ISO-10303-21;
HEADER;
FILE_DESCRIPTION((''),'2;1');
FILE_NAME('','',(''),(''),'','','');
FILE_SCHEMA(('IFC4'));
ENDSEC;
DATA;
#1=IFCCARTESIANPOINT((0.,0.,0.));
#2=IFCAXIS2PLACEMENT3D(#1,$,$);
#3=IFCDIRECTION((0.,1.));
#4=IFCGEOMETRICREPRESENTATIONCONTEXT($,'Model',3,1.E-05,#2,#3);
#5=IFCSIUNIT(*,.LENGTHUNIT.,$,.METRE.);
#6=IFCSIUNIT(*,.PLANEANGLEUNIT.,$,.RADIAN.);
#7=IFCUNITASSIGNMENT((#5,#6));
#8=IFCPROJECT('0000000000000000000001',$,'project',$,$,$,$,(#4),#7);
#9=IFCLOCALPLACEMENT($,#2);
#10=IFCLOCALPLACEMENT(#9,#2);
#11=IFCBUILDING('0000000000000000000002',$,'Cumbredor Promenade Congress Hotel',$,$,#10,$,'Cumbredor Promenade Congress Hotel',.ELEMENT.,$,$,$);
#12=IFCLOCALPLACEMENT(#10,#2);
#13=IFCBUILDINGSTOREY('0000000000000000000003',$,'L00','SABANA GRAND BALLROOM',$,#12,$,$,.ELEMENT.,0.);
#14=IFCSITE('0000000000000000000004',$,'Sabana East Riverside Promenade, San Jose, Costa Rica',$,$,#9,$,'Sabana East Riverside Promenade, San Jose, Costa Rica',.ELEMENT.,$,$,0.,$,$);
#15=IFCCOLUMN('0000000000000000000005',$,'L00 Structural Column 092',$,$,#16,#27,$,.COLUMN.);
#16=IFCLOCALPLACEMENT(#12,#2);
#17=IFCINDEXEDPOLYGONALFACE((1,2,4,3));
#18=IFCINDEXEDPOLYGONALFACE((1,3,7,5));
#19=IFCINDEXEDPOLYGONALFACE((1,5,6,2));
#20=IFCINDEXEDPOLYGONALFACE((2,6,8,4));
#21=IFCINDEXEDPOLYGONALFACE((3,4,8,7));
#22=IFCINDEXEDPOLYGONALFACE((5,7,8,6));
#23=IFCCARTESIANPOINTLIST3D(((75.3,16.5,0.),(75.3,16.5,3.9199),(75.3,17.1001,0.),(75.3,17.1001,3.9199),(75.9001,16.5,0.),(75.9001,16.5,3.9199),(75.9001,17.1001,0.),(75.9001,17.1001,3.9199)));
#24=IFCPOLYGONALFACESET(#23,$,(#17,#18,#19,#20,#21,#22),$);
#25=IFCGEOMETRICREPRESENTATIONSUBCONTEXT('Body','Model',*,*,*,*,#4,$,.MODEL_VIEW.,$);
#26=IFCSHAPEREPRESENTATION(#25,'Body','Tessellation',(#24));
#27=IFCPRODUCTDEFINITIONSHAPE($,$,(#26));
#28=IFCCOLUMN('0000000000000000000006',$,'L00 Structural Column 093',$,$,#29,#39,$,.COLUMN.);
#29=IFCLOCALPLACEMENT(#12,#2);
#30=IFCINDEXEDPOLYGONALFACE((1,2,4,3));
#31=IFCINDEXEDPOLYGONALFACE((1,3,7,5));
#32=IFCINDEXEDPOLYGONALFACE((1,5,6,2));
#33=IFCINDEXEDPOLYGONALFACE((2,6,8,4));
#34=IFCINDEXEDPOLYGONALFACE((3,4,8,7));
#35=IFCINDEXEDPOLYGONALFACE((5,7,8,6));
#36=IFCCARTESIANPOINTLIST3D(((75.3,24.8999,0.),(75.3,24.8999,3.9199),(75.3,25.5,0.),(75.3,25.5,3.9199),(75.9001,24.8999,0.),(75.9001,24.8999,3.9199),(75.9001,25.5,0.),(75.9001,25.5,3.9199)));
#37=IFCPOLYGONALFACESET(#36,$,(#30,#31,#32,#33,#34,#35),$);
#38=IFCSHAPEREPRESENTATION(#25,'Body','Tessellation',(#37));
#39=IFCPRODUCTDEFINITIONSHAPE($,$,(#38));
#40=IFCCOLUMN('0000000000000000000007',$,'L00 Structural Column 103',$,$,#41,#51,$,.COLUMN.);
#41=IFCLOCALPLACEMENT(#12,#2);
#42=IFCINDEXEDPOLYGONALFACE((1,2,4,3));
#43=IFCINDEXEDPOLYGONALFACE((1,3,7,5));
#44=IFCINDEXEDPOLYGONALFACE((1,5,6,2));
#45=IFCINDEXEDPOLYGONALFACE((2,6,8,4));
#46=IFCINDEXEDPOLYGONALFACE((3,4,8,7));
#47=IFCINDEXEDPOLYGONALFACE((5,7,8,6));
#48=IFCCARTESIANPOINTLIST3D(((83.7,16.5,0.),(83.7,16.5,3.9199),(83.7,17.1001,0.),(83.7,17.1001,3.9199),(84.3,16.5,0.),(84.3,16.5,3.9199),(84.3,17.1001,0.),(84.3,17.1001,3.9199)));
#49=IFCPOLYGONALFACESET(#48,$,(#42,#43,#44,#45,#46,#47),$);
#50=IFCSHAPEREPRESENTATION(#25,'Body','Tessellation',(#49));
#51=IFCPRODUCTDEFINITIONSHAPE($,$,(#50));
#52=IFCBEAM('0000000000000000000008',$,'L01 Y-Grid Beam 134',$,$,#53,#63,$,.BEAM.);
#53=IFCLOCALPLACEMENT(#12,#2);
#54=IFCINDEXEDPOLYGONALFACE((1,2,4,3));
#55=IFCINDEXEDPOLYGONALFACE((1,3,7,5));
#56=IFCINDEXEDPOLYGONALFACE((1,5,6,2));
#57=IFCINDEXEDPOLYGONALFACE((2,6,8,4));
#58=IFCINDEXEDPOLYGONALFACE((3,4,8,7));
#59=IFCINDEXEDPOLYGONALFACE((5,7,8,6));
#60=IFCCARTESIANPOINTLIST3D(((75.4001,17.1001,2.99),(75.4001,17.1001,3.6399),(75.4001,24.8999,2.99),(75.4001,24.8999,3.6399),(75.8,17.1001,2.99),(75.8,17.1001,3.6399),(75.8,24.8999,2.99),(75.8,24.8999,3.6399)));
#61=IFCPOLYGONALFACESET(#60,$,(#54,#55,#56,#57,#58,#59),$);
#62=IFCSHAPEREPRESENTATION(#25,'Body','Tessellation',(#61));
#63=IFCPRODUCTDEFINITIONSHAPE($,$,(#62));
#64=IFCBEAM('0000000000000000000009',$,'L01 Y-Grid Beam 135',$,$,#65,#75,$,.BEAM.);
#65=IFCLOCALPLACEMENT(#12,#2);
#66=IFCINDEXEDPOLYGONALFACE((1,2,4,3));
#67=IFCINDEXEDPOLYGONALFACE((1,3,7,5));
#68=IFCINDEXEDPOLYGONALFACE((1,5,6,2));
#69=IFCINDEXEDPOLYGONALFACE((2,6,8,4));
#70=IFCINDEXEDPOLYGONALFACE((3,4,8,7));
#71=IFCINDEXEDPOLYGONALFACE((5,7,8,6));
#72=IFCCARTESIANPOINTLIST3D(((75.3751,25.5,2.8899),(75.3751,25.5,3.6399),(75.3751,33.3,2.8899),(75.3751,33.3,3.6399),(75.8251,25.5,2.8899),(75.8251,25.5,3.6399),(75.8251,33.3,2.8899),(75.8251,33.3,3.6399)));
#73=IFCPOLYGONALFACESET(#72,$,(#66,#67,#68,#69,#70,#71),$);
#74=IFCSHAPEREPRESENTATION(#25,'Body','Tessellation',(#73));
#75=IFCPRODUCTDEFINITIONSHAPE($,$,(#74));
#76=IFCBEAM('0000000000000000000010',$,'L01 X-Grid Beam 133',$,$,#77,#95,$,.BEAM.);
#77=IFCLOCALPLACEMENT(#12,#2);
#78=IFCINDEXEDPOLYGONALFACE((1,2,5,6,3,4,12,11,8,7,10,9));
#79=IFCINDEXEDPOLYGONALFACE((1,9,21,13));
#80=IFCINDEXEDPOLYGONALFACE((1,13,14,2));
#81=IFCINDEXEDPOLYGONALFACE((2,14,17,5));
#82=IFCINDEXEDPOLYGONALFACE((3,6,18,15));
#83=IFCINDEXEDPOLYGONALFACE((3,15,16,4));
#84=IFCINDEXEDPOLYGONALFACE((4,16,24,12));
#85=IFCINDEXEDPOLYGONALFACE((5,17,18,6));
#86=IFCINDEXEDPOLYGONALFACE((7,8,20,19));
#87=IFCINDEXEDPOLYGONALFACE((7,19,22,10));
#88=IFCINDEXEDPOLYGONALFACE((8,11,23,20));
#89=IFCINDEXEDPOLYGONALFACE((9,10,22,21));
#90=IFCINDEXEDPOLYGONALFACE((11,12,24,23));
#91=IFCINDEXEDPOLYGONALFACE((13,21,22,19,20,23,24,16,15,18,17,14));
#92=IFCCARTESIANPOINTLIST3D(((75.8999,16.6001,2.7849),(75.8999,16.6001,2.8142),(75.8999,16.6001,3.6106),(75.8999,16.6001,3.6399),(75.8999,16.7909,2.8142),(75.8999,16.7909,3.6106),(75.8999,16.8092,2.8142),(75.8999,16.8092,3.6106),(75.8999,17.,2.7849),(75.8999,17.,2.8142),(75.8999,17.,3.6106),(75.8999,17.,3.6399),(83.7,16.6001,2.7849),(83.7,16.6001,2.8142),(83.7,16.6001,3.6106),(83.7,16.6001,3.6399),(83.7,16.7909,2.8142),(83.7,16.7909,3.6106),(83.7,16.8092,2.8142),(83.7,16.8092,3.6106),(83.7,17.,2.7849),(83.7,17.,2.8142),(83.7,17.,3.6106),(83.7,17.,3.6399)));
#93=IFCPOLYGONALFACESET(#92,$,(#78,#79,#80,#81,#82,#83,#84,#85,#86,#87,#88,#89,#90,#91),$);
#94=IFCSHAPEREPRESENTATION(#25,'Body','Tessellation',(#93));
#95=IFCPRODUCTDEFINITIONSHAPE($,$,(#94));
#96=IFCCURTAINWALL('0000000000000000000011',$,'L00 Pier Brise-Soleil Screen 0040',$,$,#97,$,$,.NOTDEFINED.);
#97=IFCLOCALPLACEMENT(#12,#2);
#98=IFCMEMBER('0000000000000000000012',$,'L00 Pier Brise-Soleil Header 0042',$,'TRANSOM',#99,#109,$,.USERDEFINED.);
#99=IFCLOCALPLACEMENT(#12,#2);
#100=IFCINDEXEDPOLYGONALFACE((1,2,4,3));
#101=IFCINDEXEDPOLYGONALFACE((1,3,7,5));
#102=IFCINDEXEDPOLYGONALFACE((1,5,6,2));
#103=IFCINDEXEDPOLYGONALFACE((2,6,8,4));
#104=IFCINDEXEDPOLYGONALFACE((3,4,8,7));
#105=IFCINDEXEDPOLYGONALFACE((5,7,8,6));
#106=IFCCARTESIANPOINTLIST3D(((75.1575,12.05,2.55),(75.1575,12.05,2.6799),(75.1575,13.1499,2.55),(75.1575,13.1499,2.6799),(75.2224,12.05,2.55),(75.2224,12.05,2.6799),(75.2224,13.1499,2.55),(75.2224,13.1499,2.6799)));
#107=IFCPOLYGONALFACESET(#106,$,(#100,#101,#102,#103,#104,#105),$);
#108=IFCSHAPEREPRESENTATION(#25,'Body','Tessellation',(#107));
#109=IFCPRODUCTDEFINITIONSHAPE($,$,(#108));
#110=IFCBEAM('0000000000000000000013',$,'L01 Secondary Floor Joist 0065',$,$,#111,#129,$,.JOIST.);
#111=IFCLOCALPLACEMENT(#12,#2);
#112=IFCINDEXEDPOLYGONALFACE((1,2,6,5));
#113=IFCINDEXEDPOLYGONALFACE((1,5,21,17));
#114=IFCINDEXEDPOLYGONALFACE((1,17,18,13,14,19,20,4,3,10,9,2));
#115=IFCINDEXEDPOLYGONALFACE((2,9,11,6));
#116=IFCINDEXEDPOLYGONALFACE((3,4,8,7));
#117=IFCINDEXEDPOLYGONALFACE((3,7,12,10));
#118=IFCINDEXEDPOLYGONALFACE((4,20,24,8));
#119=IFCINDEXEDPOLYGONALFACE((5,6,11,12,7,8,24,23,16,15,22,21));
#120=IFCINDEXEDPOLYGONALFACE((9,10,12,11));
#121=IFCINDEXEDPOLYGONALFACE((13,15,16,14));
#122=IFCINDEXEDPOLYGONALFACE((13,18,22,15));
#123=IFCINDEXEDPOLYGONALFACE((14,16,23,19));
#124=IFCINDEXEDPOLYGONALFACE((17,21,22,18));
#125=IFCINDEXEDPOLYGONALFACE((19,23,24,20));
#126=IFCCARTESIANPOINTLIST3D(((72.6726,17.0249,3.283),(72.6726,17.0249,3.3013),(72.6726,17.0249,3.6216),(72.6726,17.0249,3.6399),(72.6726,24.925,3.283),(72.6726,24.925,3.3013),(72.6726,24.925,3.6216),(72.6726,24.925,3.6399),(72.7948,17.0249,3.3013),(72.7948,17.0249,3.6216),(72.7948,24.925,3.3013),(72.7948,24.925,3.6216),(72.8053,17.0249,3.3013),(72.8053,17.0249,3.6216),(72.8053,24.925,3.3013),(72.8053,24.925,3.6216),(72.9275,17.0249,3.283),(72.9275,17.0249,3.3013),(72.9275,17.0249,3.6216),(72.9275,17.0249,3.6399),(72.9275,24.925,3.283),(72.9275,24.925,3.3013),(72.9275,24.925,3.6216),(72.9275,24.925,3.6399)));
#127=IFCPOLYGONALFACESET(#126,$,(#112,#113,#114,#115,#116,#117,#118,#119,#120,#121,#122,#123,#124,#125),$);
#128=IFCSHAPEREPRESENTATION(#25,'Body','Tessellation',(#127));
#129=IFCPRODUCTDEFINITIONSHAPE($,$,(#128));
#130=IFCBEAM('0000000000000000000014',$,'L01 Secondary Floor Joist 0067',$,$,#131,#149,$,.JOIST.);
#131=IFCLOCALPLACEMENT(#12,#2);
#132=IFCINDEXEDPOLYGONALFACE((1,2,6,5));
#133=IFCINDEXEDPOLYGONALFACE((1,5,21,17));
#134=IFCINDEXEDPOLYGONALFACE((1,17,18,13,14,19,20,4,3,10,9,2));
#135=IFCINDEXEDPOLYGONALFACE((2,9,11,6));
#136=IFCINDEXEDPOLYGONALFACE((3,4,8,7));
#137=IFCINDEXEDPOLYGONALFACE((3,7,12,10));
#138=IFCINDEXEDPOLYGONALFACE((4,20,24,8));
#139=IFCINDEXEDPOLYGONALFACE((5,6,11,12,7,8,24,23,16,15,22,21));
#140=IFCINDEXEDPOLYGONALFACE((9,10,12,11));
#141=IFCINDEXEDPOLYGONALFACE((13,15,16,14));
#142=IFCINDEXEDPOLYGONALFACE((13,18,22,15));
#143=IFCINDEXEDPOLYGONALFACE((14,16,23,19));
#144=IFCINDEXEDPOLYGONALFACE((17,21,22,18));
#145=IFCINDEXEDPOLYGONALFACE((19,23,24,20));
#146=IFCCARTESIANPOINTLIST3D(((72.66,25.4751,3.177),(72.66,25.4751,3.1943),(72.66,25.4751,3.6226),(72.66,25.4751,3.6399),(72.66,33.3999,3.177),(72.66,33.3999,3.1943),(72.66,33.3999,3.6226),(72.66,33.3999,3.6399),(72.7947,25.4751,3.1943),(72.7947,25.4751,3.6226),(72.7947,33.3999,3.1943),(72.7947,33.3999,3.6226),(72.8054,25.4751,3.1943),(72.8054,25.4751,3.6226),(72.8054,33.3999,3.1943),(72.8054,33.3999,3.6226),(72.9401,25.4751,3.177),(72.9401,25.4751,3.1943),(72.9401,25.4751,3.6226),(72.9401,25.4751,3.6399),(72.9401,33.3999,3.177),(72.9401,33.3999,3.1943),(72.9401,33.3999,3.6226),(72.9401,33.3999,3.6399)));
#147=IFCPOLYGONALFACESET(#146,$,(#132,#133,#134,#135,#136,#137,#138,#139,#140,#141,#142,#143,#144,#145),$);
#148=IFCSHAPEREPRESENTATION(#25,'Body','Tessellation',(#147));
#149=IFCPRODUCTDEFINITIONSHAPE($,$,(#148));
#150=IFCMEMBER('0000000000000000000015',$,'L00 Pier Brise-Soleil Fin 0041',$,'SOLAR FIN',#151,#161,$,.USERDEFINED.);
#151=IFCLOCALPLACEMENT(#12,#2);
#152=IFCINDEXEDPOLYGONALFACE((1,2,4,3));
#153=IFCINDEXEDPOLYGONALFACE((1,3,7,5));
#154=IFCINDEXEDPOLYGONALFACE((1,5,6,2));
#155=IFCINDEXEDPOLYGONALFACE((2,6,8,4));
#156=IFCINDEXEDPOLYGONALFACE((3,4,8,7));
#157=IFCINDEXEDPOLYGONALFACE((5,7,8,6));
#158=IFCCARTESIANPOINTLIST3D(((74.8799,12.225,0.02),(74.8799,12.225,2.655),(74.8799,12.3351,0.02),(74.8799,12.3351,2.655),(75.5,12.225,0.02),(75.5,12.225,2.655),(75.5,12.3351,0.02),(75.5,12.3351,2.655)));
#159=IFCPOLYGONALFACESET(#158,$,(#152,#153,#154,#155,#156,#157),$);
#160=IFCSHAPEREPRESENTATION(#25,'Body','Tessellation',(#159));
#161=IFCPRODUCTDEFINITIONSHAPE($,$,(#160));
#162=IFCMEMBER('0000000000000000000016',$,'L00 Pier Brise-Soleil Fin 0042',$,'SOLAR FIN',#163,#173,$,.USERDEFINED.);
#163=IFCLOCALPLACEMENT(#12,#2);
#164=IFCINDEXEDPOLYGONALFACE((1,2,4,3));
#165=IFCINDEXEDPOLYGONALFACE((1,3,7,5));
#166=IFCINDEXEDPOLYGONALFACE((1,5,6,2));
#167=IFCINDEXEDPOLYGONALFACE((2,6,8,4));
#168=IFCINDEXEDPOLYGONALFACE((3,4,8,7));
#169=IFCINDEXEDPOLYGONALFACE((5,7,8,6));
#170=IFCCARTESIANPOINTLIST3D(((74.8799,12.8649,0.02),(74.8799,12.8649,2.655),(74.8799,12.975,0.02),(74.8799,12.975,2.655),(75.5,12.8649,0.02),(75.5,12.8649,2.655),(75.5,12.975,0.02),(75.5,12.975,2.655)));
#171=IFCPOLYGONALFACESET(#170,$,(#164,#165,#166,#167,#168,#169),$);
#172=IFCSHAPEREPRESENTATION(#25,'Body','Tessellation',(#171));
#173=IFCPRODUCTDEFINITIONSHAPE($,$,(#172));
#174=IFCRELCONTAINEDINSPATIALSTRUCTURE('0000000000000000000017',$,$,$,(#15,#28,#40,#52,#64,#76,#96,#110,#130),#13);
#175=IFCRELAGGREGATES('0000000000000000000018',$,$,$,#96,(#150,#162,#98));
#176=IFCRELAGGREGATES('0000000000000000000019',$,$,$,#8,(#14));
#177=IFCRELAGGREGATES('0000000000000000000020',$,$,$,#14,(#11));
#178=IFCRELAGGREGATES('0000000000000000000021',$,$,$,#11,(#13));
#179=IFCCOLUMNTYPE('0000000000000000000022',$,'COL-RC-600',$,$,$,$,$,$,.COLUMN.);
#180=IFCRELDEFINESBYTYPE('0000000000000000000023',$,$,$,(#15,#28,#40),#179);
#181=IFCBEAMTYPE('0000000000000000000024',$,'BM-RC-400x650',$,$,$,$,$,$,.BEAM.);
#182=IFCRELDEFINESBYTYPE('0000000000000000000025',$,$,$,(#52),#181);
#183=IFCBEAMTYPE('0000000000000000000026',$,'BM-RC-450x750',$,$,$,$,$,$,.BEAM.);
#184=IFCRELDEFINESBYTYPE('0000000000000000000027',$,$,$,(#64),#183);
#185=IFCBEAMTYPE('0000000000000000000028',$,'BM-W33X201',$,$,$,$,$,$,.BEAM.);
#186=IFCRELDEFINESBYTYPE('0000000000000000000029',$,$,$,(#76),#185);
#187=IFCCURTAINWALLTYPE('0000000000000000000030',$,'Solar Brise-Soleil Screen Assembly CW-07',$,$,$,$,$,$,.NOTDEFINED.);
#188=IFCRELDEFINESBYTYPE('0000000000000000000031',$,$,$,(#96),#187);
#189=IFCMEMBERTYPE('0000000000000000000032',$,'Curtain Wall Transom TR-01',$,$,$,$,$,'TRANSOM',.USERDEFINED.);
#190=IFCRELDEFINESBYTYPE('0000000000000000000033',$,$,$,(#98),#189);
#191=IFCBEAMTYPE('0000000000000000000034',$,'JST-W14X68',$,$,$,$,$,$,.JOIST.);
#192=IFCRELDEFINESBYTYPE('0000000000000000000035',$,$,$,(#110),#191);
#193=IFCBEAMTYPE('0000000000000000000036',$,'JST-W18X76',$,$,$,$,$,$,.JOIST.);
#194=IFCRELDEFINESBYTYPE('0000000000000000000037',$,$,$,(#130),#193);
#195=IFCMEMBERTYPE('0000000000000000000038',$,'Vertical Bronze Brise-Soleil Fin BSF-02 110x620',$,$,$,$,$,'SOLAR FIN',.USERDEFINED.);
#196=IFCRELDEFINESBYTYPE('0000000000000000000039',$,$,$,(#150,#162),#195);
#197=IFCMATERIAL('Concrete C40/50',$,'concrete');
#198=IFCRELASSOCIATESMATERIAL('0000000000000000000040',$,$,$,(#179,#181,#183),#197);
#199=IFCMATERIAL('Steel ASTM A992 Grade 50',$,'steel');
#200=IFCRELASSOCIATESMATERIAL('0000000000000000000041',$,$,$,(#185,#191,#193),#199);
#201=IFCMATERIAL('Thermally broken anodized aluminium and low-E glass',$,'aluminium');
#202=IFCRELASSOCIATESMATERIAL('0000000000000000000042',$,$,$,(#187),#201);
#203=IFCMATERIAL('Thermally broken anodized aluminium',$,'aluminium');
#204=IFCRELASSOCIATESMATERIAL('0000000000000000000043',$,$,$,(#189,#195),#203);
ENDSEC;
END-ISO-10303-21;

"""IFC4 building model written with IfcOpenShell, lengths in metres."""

from ifc_helpers import new_model, si_unit, direction, frame, origin, origin_2d, place, context, subcontext, project, spatial, rectangle, i_section, extrude, material, material_profile, profile_set, type_object, element, aggregate, save


model = new_model("IFC4")

# Units and contexts
model_context = context("Model", 3, precision=1e-05, world=origin(), true_north=direction((0.0, 1.0)))
body_context = subcontext(model_context, "Body", "Model", "MODEL_VIEW")
ifc_project = project(units=[si_unit("LENGTHUNIT", "METRE"), si_unit("PLANEANGLEUNIT", "RADIAN")], contexts=[model_context])

# Site, building, storey
site_placement = place(None, origin())
site = spatial("IfcSite", under=ifc_project, at=site_placement, Name="Sabana East Riverside Promenade, San Jose, Costa Rica", LongName="Sabana East Riverside Promenade, San Jose, Costa Rica", CompositionType="ELEMENT", RefElevation=0.0)
building_placement = place(site_placement, origin())
building = spatial("IfcBuilding", under=site, at=building_placement, Name="Cumbredor Promenade Congress Hotel", LongName="Cumbredor Promenade Congress Hotel", CompositionType="ELEMENT")
storey_placement = place(building_placement, origin())
storey = spatial("IfcBuildingStorey", under=building, at=storey_placement, Name="L00", Description="SABANA GRAND BALLROOM", CompositionType="ELEMENT", Elevation=0.0)

# Columns
ifc_material_1 = material(Name="Concrete C40/50", Category="concrete")
ifc_material_profile_1 = material_profile(ifc_material_1, rectangle(XDim=0.6001, YDim=0.6001, at=origin_2d()), Name="RC 600x600")
ifc_profile_set_1 = profile_set([ifc_material_profile_1], Name="Concrete C40/50")
column_type = type_object("IfcColumnType", Name="COL-RC-600", PredefinedType="COLUMN", material=ifc_profile_set_1)
for number, where, z_axis, x_axis, name in (
    (1, (75.6001, 16.8, 0.0), (0.0, 0.0, 1.0), (1.0, 0.0, 0.0), "L00 Structural Column 092"),
    (2, (75.6001, 25.2, 0.0), (0.0, 0.0, 1.0), (1.0, 0.0, 0.0), "L00 Structural Column 093"),
    (3, (84.0, 16.8, 0.0), (0.0, 0.0, 1.0), (1.0, 0.0, 0.0), "L00 Structural Column 103"),
):
    element("IfcColumn", number, at=place(storey_placement, frame(where, z_axis=z_axis, x_axis=x_axis)), inside=storey, type_object=column_type, Name=name, PredefinedType="COLUMN", context=body_context, shape_type="SweptSolid", body=[
        extrude(rectangle(XDim=0.6001, YDim=0.6001, at=origin_2d()), origin(), (0.0, 0.0, 1.0), 3.9199),
    ])

# Beams
ifc_material_profile_2 = material_profile(ifc_material_1, rectangle(XDim=0.3999, YDim=0.6499, at=origin_2d()), Name="RC BEAM 400x650")
ifc_profile_set_2 = profile_set([ifc_material_profile_2], Name="Concrete C40/50")
beam_type_1 = type_object("IfcBeamType", Name="BM-RC-400x650", PredefinedType="BEAM", material=ifc_profile_set_2)
beam_1_placement = place(storey_placement, frame((75.6001, 17.1001, 3.3149), z_axis=(0.0, 1.0, 0.0), x_axis=(-1.0, 0.0, 0.0)))
element("IfcBeam", 4, at=beam_1_placement, inside=storey, type_object=beam_type_1, Name="L01 Y-Grid Beam 134", PredefinedType="BEAM", context=body_context, shape_type="SweptSolid", body=[
    extrude(rectangle(XDim=0.3999, YDim=0.6499, at=origin_2d()), origin(), (0.0, 0.0, 1.0), 7.7998),
])
ifc_material_profile_3 = material_profile(ifc_material_1, rectangle(XDim=0.45, YDim=0.75, at=origin_2d()), Name="RC BEAM 450x750")
ifc_profile_set_3 = profile_set([ifc_material_profile_3], Name="Concrete C40/50")
beam_type_2 = type_object("IfcBeamType", Name="BM-RC-450x750", PredefinedType="BEAM", material=ifc_profile_set_3)
beam_2_placement = place(storey_placement, frame((75.6001, 25.5, 3.2649), z_axis=(0.0, 1.0, 0.0), x_axis=(-1.0, 0.0, 0.0)))
element("IfcBeam", 5, at=beam_2_placement, inside=storey, type_object=beam_type_2, Name="L01 Y-Grid Beam 135", PredefinedType="BEAM", context=body_context, shape_type="SweptSolid", body=[
    extrude(rectangle(XDim=0.45, YDim=0.75, at=origin_2d()), origin(), (0.0, 0.0, 1.0), 7.8),
])
ifc_material_2 = material(Name="Steel ASTM A992 Grade 50", Category="steel")
ifc_material_profile_4 = material_profile(ifc_material_2, i_section(OverallWidth=0.3999, OverallDepth=0.855, WebThickness=0.0183, FlangeThickness=0.0293, at=origin_2d()), Name="W33X201")
ifc_profile_set_4 = profile_set([ifc_material_profile_4], Name="Steel ASTM A992 Grade 50")
beam_type_3 = type_object("IfcBeamType", Name="BM-W33X201", PredefinedType="BEAM", material=ifc_profile_set_4)
beam_3_placement = place(storey_placement, frame((75.8999, 16.8, 3.2124), z_axis=(1.0, 0.0, 0.0), x_axis=(0.0, 1.0, 0.0)))
element("IfcBeam", 6, at=beam_3_placement, inside=storey, type_object=beam_type_3, Name="L01 X-Grid Beam 133", PredefinedType="BEAM", context=body_context, shape_type="SweptSolid", body=[
    extrude(i_section(OverallWidth=0.3999, OverallDepth=0.855, WebThickness=0.0183, FlangeThickness=0.0293, at=origin_2d()), origin(), (0.0, 0.0, 1.0), 7.8),
])

# Curtain wall, member
ifc_material_3 = material(Name="Thermally broken anodized aluminium and low-E glass", Category="aluminium")
curtain_wall_type = type_object("IfcCurtainWallType", Name="Solar Brise-Soleil Screen Assembly CW-07", PredefinedType="NOTDEFINED", material=ifc_material_3)
curtain_wall_placement = place(storey_placement, origin())
curtain_wall = element("IfcCurtainWall", 7, at=curtain_wall_placement, inside=storey, type_object=curtain_wall_type, Name="L00 Pier Brise-Soleil Screen 0040", PredefinedType="NOTDEFINED")
ifc_material_4 = material(Name="Thermally broken anodized aluminium", Category="aluminium")
ifc_material_profile_5 = material_profile(ifc_material_4, rectangle(XDim=0.0649, YDim=0.1299, at=origin_2d()), Name="ALU TRANSOM 65x130")
ifc_profile_set_5 = profile_set([ifc_material_profile_5], Name="Thermally broken anodized aluminium")
member_type_1 = type_object("IfcMemberType", Name="Curtain Wall Transom TR-01", ElementType="TRANSOM", PredefinedType="USERDEFINED", material=ifc_profile_set_5)
member_1_placement = place(storey_placement, frame((75.1899, 12.05, 2.615), z_axis=(0.0, 1.0, 0.0), x_axis=(-1.0, 0.0, 0.0)))
member_1 = element("IfcMember", 8, at=member_1_placement, type_object=member_type_1, Name="L00 Pier Brise-Soleil Header 0042", ObjectType="TRANSOM", PredefinedType="USERDEFINED", context=body_context, shape_type="SweptSolid", body=[
    extrude(rectangle(XDim=0.0649, YDim=0.1299, at=origin_2d()), origin(), (0.0, 0.0, 1.0), 1.0999),
])

# Beams
ifc_material_profile_6 = material_profile(ifc_material_2, i_section(OverallWidth=0.2549, OverallDepth=0.3569, WebThickness=0.0105, FlangeThickness=0.0183, at=origin_2d()), Name="W14X68")
ifc_profile_set_6 = profile_set([ifc_material_profile_6], Name="Steel ASTM A992 Grade 50")
beam_type_4 = type_object("IfcBeamType", Name="JST-W14X68", PredefinedType="JOIST", material=ifc_profile_set_6)
beam_4_placement = place(storey_placement, frame((72.8, 17.0249, 3.4614), z_axis=(0.0, 1.0, 0.0), x_axis=(-1.0, 0.0, 0.0)))
element("IfcBeam", 9, at=beam_4_placement, inside=storey, type_object=beam_type_4, Name="L01 Secondary Floor Joist 0065", PredefinedType="JOIST", context=body_context, shape_type="SweptSolid", body=[
    extrude(i_section(OverallWidth=0.2549, OverallDepth=0.3569, WebThickness=0.0105, FlangeThickness=0.0183, at=origin_2d()), origin(), (0.0, 0.0, 1.0), 7.9001),
])
ifc_material_profile_7 = material_profile(ifc_material_2, i_section(OverallWidth=0.28, OverallDepth=0.4629, WebThickness=0.0107, FlangeThickness=0.0173, at=origin_2d()), Name="W18X76")
ifc_profile_set_7 = profile_set([ifc_material_profile_7], Name="Steel ASTM A992 Grade 50")
beam_type_5 = type_object("IfcBeamType", Name="JST-W18X76", PredefinedType="JOIST", material=ifc_profile_set_7)
beam_5_placement = place(storey_placement, frame((72.8, 25.4751, 3.4084), z_axis=(0.0, 1.0, 0.0), x_axis=(-1.0, 0.0, 0.0)))
element("IfcBeam", 10, at=beam_5_placement, inside=storey, type_object=beam_type_5, Name="L01 Secondary Floor Joist 0067", PredefinedType="JOIST", context=body_context, shape_type="SweptSolid", body=[
    extrude(i_section(OverallWidth=0.28, OverallDepth=0.4629, WebThickness=0.0107, FlangeThickness=0.0173, at=origin_2d()), origin(), (0.0, 0.0, 1.0), 7.9248),
])

# Members
ifc_material_profile_8 = material_profile(ifc_material_4, rectangle(XDim=0.1101, YDim=0.6201, at=origin_2d()), Name="ARCH FIN 110x620")
ifc_profile_set_8 = profile_set([ifc_material_profile_8], Name="Thermally broken anodized aluminium")
member_type_2 = type_object("IfcMemberType", Name="Vertical Bronze Brise-Soleil Fin BSF-02 110x620", ElementType="SOLAR FIN", PredefinedType="USERDEFINED", material=ifc_profile_set_8)
member_2_placement = place(storey_placement, frame((75.1899, 12.28, 0.02), z_axis=(0.0, 0.0, 1.0), x_axis=(0.0, 1.0, 0.0)))
member_2 = element("IfcMember", 11, at=member_2_placement, type_object=member_type_2, Name="L00 Pier Brise-Soleil Fin 0041", ObjectType="SOLAR FIN", PredefinedType="USERDEFINED", context=body_context, shape_type="SweptSolid", body=[
    extrude(rectangle(XDim=0.1101, YDim=0.6201, at=origin_2d()), origin(), (0.0, 0.0, 1.0), 2.635),
])
member_3_placement = place(storey_placement, frame((75.1899, 12.9199, 0.02), z_axis=(0.0, 0.0, 1.0), x_axis=(0.0, 1.0, 0.0)))
member_3 = element("IfcMember", 12, at=member_3_placement, type_object=member_type_2, Name="L00 Pier Brise-Soleil Fin 0042", ObjectType="SOLAR FIN", PredefinedType="USERDEFINED", context=body_context, shape_type="SweptSolid", body=[
    extrude(rectangle(XDim=0.1101, YDim=0.6201, at=origin_2d()), origin(), (0.0, 0.0, 1.0), 2.635),
])
aggregate(curtain_wall, [member_2, member_3, member_1])

save(model, "model.ifc")
